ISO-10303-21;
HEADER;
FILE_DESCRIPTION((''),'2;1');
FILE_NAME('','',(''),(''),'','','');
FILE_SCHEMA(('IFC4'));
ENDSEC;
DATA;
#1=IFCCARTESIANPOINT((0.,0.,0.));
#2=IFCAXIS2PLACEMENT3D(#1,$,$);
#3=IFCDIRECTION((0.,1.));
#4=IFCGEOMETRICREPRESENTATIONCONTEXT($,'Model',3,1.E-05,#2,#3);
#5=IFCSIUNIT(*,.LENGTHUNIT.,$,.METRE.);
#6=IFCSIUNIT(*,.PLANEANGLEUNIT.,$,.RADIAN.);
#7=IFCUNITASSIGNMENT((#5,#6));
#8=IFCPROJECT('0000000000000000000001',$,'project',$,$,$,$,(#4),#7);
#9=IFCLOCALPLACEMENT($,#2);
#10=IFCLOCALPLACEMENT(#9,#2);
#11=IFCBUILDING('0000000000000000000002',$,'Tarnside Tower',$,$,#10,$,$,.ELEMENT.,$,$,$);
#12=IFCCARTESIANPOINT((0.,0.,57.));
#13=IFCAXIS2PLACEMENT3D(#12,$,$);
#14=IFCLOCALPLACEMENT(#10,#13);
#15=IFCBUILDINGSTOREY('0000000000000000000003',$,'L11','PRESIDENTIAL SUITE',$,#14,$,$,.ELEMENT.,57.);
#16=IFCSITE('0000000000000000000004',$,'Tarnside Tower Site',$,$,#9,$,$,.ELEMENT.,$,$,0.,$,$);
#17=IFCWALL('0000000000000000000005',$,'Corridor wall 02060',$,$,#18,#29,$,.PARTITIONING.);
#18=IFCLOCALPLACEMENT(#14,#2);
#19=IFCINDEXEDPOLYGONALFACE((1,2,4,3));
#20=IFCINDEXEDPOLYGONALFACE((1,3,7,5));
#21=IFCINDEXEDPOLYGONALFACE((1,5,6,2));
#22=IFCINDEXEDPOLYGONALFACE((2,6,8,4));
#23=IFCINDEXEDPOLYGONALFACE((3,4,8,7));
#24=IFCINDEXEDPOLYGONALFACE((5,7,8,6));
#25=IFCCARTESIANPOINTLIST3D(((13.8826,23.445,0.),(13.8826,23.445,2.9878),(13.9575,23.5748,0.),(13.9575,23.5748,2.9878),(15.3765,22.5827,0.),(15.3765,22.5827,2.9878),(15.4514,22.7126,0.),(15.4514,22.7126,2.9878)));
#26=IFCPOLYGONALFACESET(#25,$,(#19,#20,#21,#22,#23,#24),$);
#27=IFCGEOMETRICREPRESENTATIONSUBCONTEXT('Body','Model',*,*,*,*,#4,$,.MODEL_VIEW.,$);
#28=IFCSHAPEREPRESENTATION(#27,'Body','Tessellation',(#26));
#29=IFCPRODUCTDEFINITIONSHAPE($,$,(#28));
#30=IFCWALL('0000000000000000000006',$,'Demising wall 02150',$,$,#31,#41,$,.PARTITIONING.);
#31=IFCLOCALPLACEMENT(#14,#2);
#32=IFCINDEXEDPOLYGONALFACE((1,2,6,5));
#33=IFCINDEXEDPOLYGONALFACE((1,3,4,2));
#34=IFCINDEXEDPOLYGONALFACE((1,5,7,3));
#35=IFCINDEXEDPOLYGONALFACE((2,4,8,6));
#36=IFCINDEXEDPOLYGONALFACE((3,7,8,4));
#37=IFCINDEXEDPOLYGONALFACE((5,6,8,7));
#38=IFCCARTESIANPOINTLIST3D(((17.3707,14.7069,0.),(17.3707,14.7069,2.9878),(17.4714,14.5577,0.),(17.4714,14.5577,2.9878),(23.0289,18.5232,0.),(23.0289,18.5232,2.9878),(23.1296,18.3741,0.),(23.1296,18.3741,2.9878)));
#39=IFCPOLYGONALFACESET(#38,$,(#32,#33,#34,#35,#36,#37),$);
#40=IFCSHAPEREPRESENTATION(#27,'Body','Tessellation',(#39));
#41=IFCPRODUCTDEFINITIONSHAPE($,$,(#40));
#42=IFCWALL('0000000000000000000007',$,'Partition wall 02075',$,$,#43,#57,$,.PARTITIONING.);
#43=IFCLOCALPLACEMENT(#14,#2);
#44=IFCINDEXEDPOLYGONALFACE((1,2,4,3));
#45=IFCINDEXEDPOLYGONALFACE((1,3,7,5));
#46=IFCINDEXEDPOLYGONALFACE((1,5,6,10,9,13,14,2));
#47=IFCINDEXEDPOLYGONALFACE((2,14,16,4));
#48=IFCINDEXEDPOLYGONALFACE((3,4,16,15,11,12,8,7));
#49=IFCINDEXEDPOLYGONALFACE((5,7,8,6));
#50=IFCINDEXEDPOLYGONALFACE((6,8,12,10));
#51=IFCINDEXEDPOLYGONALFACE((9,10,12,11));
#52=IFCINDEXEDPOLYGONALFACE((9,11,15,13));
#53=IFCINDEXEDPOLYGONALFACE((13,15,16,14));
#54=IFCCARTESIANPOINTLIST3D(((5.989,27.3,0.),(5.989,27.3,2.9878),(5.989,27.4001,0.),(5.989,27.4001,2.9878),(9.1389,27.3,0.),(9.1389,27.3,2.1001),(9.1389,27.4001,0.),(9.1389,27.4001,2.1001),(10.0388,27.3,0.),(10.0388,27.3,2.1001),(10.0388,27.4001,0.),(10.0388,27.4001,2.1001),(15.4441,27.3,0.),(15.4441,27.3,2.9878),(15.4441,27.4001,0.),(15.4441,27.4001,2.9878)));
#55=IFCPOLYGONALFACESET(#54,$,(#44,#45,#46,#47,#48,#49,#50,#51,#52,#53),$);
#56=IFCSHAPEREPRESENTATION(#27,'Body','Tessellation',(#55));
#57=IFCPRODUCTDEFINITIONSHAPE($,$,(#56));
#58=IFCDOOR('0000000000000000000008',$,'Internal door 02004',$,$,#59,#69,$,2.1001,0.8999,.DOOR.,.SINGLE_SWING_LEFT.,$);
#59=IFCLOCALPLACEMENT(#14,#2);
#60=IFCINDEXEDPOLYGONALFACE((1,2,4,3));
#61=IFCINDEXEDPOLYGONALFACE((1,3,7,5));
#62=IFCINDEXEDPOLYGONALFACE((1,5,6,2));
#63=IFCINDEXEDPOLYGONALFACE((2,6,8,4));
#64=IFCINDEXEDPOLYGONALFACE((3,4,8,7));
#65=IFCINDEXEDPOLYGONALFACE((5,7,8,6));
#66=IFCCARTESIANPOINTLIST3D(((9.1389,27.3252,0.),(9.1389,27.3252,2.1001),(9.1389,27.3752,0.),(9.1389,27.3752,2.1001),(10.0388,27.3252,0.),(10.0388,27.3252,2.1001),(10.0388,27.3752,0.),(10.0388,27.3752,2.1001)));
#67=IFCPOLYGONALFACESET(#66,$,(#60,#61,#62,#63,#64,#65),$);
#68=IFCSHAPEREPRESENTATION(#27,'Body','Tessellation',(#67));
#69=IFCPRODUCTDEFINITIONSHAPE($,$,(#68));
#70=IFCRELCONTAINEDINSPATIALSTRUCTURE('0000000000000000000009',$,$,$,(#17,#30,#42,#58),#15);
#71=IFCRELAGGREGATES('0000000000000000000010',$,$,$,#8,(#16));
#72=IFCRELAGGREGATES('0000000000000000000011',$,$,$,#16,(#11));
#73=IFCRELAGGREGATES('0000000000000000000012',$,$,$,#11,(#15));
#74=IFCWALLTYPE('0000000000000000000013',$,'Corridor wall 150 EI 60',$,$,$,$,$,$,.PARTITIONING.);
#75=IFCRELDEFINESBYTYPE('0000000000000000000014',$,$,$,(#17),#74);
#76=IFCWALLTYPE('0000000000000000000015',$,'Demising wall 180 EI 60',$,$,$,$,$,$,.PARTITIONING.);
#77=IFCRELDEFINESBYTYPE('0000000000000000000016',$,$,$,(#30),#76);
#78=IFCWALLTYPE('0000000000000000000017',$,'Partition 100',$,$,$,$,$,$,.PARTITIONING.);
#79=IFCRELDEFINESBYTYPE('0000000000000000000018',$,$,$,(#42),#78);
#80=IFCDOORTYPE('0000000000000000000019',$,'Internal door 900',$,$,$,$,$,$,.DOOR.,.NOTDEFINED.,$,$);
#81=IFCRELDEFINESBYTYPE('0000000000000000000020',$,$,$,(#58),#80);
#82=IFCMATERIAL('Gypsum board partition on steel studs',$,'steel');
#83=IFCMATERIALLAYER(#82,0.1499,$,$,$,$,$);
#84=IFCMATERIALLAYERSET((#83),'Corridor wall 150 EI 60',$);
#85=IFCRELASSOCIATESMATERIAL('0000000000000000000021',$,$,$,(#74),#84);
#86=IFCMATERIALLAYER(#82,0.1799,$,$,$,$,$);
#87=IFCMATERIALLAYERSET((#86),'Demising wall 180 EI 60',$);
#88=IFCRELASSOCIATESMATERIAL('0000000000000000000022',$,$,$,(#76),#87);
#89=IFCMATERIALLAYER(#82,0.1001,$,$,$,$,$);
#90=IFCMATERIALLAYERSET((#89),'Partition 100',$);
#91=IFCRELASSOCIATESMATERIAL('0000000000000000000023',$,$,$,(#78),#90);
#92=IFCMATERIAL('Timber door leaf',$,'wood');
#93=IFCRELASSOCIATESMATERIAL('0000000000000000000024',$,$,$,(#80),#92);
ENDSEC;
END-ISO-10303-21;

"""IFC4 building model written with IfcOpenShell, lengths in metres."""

from ifc_helpers import new_model, si_unit, direction, frame, frame_2d, origin, place, context, subcontext, project, spatial, rectangle, extrude, material, layer, layer_set, type_object, element, fill, save


model = new_model("IFC4")

# Units and contexts
model_context = context("Model", 3, precision=1e-05, world=origin(), true_north=direction((0.0, 1.0)))
body_context = subcontext(model_context, "Body", "Model", "MODEL_VIEW")
ifc_project = project(units=[si_unit("LENGTHUNIT", "METRE"), si_unit("PLANEANGLEUNIT", "RADIAN")], contexts=[model_context])

# Site, building, storey
site_placement = place(None, origin())
site = spatial("IfcSite", under=ifc_project, at=site_placement, Name="Tarnside Tower Site", CompositionType="ELEMENT", RefElevation=0.0)
building_placement = place(site_placement, origin())
building = spatial("IfcBuilding", under=site, at=building_placement, Name="Tarnside Tower", CompositionType="ELEMENT")
storey_placement = place(building_placement, frame((0.0, 0.0, 57.0)))
storey = spatial("IfcBuildingStorey", under=building, at=storey_placement, Name="L11", Description="PRESIDENTIAL SUITE", CompositionType="ELEMENT", Elevation=57.0)

# Shared definitions
ifc_material_1 = material(Name="Gypsum board partition on steel studs", Category="steel")

# Shared definitions
ifc_material_2 = material(Name="Timber door leaf", Category="wood")

# Walls
ifc_layer_1 = layer(ifc_material_1, 0.1499)
ifc_layer_set_1 = layer_set([ifc_layer_1], Name="Corridor wall 150 EI 60")
wall_type_1 = type_object("IfcWallType", Name="Corridor wall 150 EI 60", PredefinedType="PARTITIONING", material=ifc_layer_set_1)
wall_1_placement = place(storey_placement, frame((15.4138, 22.6477, 0.0), z_axis=(0.0, 0.0, 1.0), x_axis=(-0.866075, 0.499914, 0.0)))
element("IfcWall", 1, at=wall_1_placement, inside=storey, type_object=wall_type_1, Name="Corridor wall 02060", PredefinedType="PARTITIONING", context=body_context, shape_type="SweptSolid", body=[
    extrude(rectangle(XDim=1.7249, YDim=0.1499, at=frame_2d((0.8623, 0.0))), origin(), (0.0, 0.0, 1.0), 2.9878),
])
ifc_layer_2 = layer(ifc_material_1, 0.1799)
ifc_layer_set_2 = layer_set([ifc_layer_2], Name="Demising wall 180 EI 60")
wall_type_2 = type_object("IfcWallType", Name="Demising wall 180 EI 60", PredefinedType="PARTITIONING", material=ifc_layer_set_2)
wall_2_placement = place(storey_placement, frame((23.0793, 18.4487, 0.0), z_axis=(0.0, 0.0, 1.0), x_axis=(-0.829044, -0.559183, 0.0)))
element("IfcWall", 2, at=wall_2_placement, inside=storey, type_object=wall_type_2, Name="Demising wall 02150", PredefinedType="PARTITIONING", context=body_context, shape_type="SweptSolid", body=[
    extrude(rectangle(XDim=6.825, YDim=0.1799, at=frame_2d((3.4126, 0.0))), origin(), (0.0, 0.0, 1.0), 2.9878),
])

# Wall, opening, door
ifc_layer_3 = layer(ifc_material_1, 0.1001)
ifc_layer_set_3 = layer_set([ifc_layer_3], Name="Partition 100")
wall_type_3 = type_object("IfcWallType", Name="Partition 100", PredefinedType="PARTITIONING", material=ifc_layer_set_3)
wall_3_placement = place(storey_placement, frame((15.4441, 27.3501, 0.0), z_axis=(0.0, 0.0, 1.0), x_axis=(-1.0, 0.0, 0.0)))
wall_3 = element("IfcWall", 3, at=wall_3_placement, inside=storey, type_object=wall_type_3, Name="Partition wall 02075", PredefinedType="PARTITIONING", context=body_context, shape_type="SweptSolid", body=[
    extrude(rectangle(XDim=9.4551, YDim=0.1001, at=frame_2d((4.7275, 0.0))), origin(), (0.0, 0.0, 1.0), 2.9878),
])
opening_1_placement = place(wall_3_placement, frame((5.4053, 0.0, 0.0)))
opening_1 = element("IfcOpeningElement", 4, at=opening_1_placement, cuts=wall_3, PredefinedType="OPENING", context=body_context, shape_type="SweptSolid", body=[
    extrude(rectangle(XDim=0.8999, YDim=2.1001, at=frame_2d((0.45, 1.05))), frame((0.0, 0.0601, 0.0), z_axis=(0.0, -1.0, 0.0), x_axis=(1.0, 0.0, 0.0)), (0.0, 0.0, 1.0), 0.1201),
])
door_type_1 = type_object("IfcDoorType", Name="Internal door 900", OperationType="NOTDEFINED", PredefinedType="DOOR", material=ifc_material_2)
door_1_placement = place(opening_1_placement, origin())
door_1 = element("IfcDoor", 5, at=door_1_placement, inside=storey, type_object=door_type_1, Name="Internal door 02004", OperationType="SINGLE_SWING_LEFT", OverallHeight=2.1001, OverallWidth=0.8999, PredefinedType="DOOR", context=body_context, shape_type="SweptSolid", body=[
    extrude(rectangle(XDim=0.8999, YDim=2.1001, at=frame_2d((0.45, 1.05))), frame((0.0, 0.0249, 0.0), z_axis=(0.0, -1.0, 0.0), x_axis=(1.0, 0.0, 0.0)), (0.0, 0.0, 1.0), 0.05),
])
fill(opening_1, door_1)

save(model, "model.ifc")
